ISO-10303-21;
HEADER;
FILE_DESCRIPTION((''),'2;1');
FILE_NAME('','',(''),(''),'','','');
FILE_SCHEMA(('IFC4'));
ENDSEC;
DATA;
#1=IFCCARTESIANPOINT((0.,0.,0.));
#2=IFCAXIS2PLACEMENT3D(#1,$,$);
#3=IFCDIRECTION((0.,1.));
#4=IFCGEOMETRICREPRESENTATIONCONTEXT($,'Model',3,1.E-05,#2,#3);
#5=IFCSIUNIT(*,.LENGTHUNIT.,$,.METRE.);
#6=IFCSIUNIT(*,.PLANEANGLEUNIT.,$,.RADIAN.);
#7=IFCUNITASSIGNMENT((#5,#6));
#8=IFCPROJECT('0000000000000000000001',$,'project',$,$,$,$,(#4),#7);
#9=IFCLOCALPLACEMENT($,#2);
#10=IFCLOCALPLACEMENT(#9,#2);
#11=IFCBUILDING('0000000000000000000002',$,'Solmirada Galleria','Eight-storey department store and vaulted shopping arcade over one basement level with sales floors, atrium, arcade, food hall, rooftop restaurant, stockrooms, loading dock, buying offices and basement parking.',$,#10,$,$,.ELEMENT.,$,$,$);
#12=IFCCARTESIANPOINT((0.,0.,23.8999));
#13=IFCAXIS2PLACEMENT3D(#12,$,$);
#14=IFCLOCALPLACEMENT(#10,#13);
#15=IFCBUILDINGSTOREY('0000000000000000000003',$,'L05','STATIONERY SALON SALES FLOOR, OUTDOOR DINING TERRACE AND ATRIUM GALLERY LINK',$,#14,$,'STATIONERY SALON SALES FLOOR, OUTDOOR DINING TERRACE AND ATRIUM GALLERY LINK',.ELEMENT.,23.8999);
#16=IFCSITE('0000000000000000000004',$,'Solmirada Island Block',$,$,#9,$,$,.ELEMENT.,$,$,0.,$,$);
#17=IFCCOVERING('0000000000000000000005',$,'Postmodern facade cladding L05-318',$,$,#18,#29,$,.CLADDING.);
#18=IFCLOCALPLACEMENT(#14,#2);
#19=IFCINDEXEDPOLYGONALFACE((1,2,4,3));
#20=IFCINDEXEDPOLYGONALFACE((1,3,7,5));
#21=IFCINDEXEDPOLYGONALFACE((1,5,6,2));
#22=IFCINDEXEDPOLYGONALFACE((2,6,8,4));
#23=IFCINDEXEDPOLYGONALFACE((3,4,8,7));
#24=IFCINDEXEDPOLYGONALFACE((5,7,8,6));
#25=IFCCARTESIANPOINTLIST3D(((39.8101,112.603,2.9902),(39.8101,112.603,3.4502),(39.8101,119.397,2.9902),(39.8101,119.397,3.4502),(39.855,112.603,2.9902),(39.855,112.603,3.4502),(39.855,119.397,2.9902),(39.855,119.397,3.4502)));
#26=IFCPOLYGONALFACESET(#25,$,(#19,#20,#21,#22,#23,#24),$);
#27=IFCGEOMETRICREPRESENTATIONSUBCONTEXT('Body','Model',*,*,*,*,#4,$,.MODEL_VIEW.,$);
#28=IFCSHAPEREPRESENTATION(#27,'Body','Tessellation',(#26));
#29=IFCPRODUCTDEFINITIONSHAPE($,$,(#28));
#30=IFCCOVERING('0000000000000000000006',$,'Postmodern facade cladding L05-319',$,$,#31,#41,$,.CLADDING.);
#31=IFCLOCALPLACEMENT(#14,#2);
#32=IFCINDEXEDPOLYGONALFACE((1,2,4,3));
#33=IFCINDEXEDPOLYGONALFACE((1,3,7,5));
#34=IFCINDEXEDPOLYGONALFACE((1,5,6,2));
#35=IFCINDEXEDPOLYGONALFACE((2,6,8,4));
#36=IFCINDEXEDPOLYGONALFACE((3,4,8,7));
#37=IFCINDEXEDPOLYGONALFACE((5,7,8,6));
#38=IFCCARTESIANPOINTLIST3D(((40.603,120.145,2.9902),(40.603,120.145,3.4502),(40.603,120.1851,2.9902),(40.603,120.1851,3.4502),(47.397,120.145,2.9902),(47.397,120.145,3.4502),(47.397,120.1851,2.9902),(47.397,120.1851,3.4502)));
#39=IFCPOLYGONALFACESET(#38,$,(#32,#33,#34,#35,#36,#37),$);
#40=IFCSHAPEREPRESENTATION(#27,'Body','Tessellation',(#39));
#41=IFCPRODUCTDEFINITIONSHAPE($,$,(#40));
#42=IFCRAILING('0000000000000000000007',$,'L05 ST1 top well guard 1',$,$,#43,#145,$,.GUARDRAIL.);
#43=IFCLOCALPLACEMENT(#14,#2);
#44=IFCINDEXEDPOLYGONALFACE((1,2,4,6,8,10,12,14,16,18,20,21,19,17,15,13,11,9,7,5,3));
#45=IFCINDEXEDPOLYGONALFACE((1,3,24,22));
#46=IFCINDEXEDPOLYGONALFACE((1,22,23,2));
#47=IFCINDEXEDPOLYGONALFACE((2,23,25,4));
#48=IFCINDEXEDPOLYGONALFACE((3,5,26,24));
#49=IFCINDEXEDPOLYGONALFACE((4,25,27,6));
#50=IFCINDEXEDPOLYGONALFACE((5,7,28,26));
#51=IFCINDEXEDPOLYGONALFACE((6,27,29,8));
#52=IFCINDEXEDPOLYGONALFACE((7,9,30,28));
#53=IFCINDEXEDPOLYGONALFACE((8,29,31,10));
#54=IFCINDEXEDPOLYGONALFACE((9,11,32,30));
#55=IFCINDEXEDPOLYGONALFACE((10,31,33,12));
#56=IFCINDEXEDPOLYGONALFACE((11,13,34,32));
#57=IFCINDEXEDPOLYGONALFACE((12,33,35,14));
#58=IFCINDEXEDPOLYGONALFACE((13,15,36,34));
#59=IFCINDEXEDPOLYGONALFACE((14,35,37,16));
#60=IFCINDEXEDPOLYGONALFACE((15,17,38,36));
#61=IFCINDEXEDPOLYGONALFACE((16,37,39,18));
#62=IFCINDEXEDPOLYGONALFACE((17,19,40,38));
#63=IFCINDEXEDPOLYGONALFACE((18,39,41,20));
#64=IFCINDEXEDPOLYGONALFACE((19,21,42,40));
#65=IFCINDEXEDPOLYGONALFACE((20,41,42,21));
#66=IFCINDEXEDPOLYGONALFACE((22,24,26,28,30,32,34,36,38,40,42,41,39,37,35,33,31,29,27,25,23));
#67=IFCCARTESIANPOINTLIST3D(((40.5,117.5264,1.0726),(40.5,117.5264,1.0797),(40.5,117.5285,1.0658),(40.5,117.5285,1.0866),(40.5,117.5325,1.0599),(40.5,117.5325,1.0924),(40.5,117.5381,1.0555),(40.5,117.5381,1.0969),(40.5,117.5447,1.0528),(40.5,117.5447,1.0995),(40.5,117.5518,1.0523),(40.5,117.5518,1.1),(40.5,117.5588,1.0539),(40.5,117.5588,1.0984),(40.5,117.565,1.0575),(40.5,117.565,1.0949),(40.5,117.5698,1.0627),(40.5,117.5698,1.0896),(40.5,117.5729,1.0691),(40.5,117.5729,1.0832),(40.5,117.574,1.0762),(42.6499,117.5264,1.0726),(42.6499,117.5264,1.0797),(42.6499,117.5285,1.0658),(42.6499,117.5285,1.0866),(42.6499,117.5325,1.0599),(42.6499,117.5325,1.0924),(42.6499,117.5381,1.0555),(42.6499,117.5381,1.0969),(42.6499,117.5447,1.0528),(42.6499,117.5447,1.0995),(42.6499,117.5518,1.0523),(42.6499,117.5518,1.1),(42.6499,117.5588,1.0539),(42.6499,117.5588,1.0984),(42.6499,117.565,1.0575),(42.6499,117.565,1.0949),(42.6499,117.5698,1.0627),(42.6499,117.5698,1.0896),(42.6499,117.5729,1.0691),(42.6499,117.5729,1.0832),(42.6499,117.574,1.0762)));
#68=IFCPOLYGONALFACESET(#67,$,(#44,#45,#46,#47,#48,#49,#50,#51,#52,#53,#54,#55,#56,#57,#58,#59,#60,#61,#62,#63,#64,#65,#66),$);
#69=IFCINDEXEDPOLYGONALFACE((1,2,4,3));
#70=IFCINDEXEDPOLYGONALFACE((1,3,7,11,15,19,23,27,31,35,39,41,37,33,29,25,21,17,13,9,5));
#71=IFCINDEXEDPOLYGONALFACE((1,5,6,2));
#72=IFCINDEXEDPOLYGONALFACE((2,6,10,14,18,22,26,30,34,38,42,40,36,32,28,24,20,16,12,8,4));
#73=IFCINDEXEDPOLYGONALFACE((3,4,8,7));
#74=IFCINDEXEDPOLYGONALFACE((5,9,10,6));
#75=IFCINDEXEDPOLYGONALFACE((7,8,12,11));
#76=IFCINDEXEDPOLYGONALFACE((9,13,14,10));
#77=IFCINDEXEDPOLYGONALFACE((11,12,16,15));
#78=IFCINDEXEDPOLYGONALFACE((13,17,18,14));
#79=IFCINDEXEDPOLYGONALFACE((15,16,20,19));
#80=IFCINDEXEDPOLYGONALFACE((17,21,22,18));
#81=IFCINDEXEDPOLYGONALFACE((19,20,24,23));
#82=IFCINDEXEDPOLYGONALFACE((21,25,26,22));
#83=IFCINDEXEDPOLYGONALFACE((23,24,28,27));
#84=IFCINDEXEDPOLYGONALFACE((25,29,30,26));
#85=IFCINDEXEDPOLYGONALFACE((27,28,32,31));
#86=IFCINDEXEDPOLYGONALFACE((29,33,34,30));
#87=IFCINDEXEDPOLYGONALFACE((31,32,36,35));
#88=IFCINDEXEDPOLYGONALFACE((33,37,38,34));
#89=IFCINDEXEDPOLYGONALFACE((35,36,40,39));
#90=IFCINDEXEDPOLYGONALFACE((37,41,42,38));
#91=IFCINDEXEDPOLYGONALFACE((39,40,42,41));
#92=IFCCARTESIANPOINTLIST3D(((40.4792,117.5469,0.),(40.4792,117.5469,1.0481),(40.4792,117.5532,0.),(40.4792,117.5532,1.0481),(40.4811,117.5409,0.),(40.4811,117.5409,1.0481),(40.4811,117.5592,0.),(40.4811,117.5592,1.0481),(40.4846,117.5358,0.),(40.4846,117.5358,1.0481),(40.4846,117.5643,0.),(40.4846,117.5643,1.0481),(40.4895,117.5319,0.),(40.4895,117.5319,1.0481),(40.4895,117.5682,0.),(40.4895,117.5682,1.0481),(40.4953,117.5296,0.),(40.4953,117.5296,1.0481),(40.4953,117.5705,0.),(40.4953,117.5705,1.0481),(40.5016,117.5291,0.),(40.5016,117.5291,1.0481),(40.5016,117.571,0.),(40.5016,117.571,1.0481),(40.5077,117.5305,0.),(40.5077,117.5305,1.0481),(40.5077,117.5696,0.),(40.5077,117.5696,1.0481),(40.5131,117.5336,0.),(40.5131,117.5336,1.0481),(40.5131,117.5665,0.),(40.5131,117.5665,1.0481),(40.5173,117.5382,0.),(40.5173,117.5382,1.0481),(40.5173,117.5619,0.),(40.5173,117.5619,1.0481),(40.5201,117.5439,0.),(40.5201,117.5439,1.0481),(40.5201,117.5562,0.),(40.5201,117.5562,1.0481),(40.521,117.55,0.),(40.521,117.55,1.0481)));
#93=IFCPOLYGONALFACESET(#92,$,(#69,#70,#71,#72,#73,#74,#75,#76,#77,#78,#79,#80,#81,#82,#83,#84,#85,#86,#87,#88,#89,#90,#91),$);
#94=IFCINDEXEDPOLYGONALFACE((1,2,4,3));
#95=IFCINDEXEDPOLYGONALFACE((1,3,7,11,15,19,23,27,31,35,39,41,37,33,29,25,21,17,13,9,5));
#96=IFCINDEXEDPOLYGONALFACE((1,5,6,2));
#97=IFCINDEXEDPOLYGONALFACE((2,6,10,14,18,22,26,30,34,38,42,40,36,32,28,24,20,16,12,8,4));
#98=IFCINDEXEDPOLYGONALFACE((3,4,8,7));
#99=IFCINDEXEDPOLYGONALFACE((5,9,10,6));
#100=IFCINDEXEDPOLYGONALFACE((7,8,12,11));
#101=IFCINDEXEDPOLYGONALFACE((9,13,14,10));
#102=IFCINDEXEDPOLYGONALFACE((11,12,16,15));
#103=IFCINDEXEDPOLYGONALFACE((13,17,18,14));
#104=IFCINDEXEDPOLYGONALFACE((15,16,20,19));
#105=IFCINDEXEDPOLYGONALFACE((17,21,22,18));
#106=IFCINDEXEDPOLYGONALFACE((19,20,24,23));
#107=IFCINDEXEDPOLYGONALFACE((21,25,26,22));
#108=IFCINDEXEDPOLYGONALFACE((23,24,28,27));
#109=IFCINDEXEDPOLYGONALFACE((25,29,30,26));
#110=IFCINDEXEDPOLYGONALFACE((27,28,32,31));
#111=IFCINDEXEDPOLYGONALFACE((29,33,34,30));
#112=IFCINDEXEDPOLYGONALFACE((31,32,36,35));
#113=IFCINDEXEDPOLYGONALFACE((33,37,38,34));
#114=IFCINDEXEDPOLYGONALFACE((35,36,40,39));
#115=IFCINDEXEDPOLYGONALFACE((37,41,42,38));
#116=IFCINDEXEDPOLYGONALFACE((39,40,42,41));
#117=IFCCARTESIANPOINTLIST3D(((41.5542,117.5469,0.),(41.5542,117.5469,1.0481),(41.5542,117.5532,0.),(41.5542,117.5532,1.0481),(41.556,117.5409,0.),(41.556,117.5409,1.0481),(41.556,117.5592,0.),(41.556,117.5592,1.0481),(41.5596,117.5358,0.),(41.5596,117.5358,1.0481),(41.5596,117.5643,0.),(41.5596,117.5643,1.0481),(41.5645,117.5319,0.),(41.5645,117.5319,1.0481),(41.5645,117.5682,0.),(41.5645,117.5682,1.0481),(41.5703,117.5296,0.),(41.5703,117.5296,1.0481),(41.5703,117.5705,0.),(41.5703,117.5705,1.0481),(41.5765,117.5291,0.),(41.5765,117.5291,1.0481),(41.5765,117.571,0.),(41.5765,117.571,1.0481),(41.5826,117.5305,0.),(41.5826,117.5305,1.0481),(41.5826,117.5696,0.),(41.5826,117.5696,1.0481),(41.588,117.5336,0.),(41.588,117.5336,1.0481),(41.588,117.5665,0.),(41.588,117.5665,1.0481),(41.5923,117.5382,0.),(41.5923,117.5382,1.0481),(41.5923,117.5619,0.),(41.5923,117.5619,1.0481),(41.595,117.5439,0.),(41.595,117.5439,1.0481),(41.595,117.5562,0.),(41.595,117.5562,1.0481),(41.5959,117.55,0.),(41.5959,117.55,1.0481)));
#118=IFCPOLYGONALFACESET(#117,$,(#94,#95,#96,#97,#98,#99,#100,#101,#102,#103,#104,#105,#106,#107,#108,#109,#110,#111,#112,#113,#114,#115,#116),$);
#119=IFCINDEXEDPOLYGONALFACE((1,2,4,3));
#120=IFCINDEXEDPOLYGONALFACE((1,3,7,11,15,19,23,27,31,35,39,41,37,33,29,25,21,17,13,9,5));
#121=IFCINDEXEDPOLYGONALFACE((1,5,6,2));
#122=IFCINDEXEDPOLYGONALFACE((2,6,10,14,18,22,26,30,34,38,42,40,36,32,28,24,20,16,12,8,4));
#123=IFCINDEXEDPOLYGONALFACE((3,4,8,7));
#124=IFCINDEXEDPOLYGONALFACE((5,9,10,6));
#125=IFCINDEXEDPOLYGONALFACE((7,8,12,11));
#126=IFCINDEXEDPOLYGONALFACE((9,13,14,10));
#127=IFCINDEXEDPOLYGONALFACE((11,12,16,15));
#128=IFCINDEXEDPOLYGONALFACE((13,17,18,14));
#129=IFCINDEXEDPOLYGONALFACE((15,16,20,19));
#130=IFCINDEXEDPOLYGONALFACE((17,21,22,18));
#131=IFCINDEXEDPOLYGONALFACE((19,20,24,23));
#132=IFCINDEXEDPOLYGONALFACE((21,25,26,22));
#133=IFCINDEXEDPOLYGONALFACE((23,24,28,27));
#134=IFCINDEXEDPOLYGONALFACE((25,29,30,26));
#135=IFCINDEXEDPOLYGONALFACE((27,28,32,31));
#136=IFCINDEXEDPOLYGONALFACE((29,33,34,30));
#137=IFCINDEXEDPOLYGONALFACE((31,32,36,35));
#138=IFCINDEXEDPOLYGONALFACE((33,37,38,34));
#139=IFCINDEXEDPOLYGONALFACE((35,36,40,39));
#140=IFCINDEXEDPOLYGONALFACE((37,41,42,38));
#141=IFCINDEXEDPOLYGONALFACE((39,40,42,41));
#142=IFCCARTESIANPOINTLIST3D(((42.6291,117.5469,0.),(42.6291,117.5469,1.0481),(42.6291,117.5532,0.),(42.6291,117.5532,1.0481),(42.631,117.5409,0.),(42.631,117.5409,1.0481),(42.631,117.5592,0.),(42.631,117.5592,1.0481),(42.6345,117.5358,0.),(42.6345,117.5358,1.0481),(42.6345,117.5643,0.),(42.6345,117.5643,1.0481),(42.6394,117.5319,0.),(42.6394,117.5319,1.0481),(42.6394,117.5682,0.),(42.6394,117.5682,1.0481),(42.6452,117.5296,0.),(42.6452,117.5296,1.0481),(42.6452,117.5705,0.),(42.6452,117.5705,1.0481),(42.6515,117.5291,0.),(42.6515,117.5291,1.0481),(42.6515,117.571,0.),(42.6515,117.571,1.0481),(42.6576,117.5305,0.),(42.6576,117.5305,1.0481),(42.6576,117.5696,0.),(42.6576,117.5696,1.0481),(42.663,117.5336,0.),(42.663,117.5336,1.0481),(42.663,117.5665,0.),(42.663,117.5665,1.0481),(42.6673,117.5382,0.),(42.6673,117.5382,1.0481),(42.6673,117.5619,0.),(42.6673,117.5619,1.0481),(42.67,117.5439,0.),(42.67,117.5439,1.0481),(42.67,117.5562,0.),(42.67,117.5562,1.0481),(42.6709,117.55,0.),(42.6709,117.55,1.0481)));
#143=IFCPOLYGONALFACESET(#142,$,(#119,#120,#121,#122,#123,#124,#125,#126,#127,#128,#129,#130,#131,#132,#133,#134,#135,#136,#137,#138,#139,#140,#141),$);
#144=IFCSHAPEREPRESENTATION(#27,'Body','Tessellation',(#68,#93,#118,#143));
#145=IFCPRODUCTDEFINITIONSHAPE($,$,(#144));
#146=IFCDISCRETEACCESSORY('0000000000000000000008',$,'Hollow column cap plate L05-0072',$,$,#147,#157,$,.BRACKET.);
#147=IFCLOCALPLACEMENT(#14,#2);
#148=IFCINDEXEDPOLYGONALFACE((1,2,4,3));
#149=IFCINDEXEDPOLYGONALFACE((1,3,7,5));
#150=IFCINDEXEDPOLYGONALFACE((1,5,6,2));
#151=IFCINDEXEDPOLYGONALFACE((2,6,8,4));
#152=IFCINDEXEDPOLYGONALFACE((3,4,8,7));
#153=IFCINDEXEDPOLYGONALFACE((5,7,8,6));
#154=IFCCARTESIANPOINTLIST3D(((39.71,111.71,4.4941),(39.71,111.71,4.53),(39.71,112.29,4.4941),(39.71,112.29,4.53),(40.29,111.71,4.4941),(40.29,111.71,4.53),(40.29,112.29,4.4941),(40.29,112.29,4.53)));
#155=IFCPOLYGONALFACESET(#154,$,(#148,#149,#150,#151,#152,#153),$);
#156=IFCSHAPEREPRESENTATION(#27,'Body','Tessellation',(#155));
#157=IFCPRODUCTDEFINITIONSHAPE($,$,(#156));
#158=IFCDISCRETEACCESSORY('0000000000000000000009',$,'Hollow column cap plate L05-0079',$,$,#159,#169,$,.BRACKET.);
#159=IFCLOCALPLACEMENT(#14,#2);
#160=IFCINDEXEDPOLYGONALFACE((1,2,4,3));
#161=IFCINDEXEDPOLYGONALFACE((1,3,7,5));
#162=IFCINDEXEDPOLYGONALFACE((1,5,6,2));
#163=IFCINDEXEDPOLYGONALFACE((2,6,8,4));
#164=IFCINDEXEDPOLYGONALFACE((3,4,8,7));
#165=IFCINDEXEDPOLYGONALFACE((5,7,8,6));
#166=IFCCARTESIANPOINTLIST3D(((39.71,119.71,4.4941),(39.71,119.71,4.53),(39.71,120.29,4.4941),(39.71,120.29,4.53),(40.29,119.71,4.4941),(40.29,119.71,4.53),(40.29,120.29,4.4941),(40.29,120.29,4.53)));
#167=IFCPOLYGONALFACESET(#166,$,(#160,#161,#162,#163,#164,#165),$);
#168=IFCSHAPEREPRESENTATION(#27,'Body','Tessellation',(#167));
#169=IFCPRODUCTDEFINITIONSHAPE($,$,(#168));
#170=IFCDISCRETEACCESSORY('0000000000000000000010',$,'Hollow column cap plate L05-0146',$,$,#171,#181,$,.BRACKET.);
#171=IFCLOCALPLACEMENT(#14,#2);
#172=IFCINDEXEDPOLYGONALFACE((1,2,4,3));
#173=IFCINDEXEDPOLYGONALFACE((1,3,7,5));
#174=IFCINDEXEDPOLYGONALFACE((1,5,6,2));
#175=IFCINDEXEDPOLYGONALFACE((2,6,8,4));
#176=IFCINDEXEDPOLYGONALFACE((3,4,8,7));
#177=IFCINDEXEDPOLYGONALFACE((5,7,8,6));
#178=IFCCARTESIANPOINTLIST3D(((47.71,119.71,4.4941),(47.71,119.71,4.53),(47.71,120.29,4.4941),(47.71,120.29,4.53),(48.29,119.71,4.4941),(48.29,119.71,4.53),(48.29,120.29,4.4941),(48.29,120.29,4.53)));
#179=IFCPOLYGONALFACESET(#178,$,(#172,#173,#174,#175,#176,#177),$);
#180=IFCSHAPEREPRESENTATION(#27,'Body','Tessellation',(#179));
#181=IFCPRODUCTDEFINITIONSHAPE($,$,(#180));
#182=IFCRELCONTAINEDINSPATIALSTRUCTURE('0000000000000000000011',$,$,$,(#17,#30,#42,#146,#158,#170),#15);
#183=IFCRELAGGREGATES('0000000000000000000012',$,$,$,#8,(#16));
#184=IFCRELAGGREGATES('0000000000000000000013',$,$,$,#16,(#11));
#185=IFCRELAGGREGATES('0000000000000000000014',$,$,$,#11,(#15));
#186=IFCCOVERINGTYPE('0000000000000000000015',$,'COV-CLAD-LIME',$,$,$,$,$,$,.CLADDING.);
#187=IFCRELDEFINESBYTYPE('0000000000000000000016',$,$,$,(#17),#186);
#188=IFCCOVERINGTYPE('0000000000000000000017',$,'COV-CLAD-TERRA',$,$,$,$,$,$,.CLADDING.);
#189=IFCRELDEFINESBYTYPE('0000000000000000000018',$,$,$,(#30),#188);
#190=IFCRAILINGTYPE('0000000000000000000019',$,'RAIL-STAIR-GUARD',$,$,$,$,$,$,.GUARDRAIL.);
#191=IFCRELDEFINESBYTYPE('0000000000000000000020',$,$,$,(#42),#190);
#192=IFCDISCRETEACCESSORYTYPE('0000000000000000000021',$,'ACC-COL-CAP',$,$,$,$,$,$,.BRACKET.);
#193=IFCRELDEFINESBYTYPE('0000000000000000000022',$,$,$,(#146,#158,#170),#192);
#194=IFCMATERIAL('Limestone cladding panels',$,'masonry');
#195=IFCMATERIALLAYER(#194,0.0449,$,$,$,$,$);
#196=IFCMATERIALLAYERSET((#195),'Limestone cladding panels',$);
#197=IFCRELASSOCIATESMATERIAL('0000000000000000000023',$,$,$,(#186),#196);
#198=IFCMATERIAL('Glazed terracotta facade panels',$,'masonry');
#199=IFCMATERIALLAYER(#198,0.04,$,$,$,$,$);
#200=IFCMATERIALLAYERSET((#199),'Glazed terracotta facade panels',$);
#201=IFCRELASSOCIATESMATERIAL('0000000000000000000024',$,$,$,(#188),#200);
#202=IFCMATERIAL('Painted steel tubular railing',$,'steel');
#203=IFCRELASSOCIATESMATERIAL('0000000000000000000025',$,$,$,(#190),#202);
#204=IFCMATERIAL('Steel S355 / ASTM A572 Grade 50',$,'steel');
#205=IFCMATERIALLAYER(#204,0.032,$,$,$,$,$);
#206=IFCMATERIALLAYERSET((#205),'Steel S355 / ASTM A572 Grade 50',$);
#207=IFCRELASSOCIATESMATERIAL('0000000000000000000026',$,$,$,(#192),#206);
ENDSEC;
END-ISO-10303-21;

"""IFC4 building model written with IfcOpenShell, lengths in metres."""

from ifc_helpers import new_model, si_unit, direction, frame, origin, origin_2d, place, context, subcontext, project, spatial, rectangle, circle, extrude, material, layer, layer_set, type_object, element, save


model = new_model("IFC4")

# Units and contexts
model_context = context("Model", 3, precision=1e-05, world=origin(), true_north=direction((0.0, 1.0)))
body_context = subcontext(model_context, "Body", "Model", "MODEL_VIEW")
ifc_project = project(units=[si_unit("LENGTHUNIT", "METRE"), si_unit("PLANEANGLEUNIT", "RADIAN")], contexts=[model_context])

# Site, building, storey
site_placement = place(None, origin())
site = spatial("IfcSite", under=ifc_project, at=site_placement, Name="Solmirada Island Block", CompositionType="ELEMENT", RefElevation=0.0)
building_placement = place(site_placement, origin())
building = spatial("IfcBuilding", under=site, at=building_placement, Name="Solmirada Galleria", Description="Eight-storey department store and vaulted shopping arcade over one basement level with sales floors, atrium, arcade, food hall, rooftop restaurant, stockrooms, loading dock, buying offices and basement parking.", CompositionType="ELEMENT")
storey_placement = place(building_placement, frame((0.0, 0.0, 23.8999)))
storey = spatial("IfcBuildingStorey", under=building, at=storey_placement, Name="L05", Description="STATIONERY SALON SALES FLOOR, OUTDOOR DINING TERRACE AND ATRIUM GALLERY LINK", LongName="STATIONERY SALON SALES FLOOR, OUTDOOR DINING TERRACE AND ATRIUM GALLERY LINK", CompositionType="ELEMENT", Elevation=23.8999)

# Coverings
ifc_material_1 = material(Name="Limestone cladding panels", Category="masonry")
ifc_layer_1 = layer(ifc_material_1, 0.0449)
ifc_layer_set_1 = layer_set([ifc_layer_1], Name="Limestone cladding panels")
covering_type_1 = type_object("IfcCoveringType", Name="COV-CLAD-LIME", PredefinedType="CLADDING", material=ifc_layer_set_1)
covering_1_placement = place(storey_placement, frame((39.8325, 116.0, 2.9902), z_axis=(0.0, 0.0, 1.0), x_axis=(0.0, 1.0, 0.0)))
element("IfcCovering", 1, at=covering_1_placement, inside=storey, type_object=covering_type_1, Name="Postmodern facade cladding L05-318", PredefinedType="CLADDING", context=body_context, shape_type="SweptSolid", body=[
    extrude(rectangle(XDim=6.7939, YDim=0.0449, at=origin_2d()), origin(), (0.0, 0.0, 1.0), 0.46),
])
ifc_material_2 = material(Name="Glazed terracotta facade panels", Category="masonry")
ifc_layer_2 = layer(ifc_material_2, 0.04)
ifc_layer_set_2 = layer_set([ifc_layer_2], Name="Glazed terracotta facade panels")
covering_type_2 = type_object("IfcCoveringType", Name="COV-CLAD-TERRA", PredefinedType="CLADDING", material=ifc_layer_set_2)
covering_2_placement = place(storey_placement, frame((44.0, 120.165, 2.9902), z_axis=(0.0, 0.0, 1.0), x_axis=(1.0, 0.0, 0.0)))
element("IfcCovering", 2, at=covering_2_placement, inside=storey, type_object=covering_type_2, Name="Postmodern facade cladding L05-319", PredefinedType="CLADDING", context=body_context, shape_type="SweptSolid", body=[
    extrude(rectangle(XDim=6.7939, YDim=0.04, at=origin_2d()), origin(), (0.0, 0.0, 1.0), 0.46),
])

# Railing
ifc_material_3 = material(Name="Painted steel tubular railing", Category="steel")
railing_type = type_object("IfcRailingType", Name="RAIL-STAIR-GUARD", PredefinedType="GUARDRAIL", material=ifc_material_3)
railing_1_placement = place(storey_placement, frame((40.5, 117.55, 0.0)))
element("IfcRailing", 3, at=railing_1_placement, inside=storey, type_object=railing_type, Name="L05 ST1 top well guard 1", PredefinedType="GUARDRAIL", context=body_context, shape_type="SweptSolid", body=[
    extrude(circle(Radius=0.0239, at=origin_2d()), frame((0.0, 0.0, 1.0762), z_axis=(1.0, 0.0, 0.0), x_axis=(0.0, 1.0, 0.0)), (0.0, 0.0, 1.0), 2.1499),
    extrude(circle(Radius=0.021, at=origin_2d()), origin(), (0.0, 0.0, 1.0), 1.0481),
    extrude(circle(Radius=0.021, at=origin_2d()), frame((1.075, 0.0, 0.0)), (0.0, 0.0, 1.0), 1.0481),
    extrude(circle(Radius=0.021, at=origin_2d()), frame((2.1499, 0.0, 0.0)), (0.0, 0.0, 1.0), 1.0481),
])

# Discrete accessories
ifc_material_4 = material(Name="Steel S355 / ASTM A572 Grade 50", Category="steel")
ifc_layer_3 = layer(ifc_material_4, 0.032)
ifc_layer_set_3 = layer_set([ifc_layer_3], Name="Steel S355 / ASTM A572 Grade 50")
discrete_accessory_type = type_object("IfcDiscreteAccessoryType", Name="ACC-COL-CAP", PredefinedType="BRACKET", material=ifc_layer_set_3)
for number, where, z_axis, x_axis, name in (
    (4, (40.0, 112.0, 4.4941), (0.0, 0.0, 1.0), (1.0, 0.0, 0.0), "Hollow column cap plate L05-0072"),
    (5, (40.0, 120.0, 4.4941), (0.0, 0.0, 1.0), (1.0, 0.0, 0.0), "Hollow column cap plate L05-0079"),
    (6, (48.0, 120.0, 4.4941), (0.0, 0.0, 1.0), (1.0, 0.0, 0.0), "Hollow column cap plate L05-0146"),
):
    element("IfcDiscreteAccessory", number, at=place(storey_placement, frame(where, z_axis=z_axis, x_axis=x_axis)), inside=storey, type_object=discrete_accessory_type, Name=name, PredefinedType="BRACKET", context=body_context, shape_type="SweptSolid", body=[
        extrude(rectangle(XDim=0.5801, YDim=0.5801, at=origin_2d()), origin(), (0.0, 0.0, 1.0), 0.0359),
    ])

save(model, "model.ifc")
